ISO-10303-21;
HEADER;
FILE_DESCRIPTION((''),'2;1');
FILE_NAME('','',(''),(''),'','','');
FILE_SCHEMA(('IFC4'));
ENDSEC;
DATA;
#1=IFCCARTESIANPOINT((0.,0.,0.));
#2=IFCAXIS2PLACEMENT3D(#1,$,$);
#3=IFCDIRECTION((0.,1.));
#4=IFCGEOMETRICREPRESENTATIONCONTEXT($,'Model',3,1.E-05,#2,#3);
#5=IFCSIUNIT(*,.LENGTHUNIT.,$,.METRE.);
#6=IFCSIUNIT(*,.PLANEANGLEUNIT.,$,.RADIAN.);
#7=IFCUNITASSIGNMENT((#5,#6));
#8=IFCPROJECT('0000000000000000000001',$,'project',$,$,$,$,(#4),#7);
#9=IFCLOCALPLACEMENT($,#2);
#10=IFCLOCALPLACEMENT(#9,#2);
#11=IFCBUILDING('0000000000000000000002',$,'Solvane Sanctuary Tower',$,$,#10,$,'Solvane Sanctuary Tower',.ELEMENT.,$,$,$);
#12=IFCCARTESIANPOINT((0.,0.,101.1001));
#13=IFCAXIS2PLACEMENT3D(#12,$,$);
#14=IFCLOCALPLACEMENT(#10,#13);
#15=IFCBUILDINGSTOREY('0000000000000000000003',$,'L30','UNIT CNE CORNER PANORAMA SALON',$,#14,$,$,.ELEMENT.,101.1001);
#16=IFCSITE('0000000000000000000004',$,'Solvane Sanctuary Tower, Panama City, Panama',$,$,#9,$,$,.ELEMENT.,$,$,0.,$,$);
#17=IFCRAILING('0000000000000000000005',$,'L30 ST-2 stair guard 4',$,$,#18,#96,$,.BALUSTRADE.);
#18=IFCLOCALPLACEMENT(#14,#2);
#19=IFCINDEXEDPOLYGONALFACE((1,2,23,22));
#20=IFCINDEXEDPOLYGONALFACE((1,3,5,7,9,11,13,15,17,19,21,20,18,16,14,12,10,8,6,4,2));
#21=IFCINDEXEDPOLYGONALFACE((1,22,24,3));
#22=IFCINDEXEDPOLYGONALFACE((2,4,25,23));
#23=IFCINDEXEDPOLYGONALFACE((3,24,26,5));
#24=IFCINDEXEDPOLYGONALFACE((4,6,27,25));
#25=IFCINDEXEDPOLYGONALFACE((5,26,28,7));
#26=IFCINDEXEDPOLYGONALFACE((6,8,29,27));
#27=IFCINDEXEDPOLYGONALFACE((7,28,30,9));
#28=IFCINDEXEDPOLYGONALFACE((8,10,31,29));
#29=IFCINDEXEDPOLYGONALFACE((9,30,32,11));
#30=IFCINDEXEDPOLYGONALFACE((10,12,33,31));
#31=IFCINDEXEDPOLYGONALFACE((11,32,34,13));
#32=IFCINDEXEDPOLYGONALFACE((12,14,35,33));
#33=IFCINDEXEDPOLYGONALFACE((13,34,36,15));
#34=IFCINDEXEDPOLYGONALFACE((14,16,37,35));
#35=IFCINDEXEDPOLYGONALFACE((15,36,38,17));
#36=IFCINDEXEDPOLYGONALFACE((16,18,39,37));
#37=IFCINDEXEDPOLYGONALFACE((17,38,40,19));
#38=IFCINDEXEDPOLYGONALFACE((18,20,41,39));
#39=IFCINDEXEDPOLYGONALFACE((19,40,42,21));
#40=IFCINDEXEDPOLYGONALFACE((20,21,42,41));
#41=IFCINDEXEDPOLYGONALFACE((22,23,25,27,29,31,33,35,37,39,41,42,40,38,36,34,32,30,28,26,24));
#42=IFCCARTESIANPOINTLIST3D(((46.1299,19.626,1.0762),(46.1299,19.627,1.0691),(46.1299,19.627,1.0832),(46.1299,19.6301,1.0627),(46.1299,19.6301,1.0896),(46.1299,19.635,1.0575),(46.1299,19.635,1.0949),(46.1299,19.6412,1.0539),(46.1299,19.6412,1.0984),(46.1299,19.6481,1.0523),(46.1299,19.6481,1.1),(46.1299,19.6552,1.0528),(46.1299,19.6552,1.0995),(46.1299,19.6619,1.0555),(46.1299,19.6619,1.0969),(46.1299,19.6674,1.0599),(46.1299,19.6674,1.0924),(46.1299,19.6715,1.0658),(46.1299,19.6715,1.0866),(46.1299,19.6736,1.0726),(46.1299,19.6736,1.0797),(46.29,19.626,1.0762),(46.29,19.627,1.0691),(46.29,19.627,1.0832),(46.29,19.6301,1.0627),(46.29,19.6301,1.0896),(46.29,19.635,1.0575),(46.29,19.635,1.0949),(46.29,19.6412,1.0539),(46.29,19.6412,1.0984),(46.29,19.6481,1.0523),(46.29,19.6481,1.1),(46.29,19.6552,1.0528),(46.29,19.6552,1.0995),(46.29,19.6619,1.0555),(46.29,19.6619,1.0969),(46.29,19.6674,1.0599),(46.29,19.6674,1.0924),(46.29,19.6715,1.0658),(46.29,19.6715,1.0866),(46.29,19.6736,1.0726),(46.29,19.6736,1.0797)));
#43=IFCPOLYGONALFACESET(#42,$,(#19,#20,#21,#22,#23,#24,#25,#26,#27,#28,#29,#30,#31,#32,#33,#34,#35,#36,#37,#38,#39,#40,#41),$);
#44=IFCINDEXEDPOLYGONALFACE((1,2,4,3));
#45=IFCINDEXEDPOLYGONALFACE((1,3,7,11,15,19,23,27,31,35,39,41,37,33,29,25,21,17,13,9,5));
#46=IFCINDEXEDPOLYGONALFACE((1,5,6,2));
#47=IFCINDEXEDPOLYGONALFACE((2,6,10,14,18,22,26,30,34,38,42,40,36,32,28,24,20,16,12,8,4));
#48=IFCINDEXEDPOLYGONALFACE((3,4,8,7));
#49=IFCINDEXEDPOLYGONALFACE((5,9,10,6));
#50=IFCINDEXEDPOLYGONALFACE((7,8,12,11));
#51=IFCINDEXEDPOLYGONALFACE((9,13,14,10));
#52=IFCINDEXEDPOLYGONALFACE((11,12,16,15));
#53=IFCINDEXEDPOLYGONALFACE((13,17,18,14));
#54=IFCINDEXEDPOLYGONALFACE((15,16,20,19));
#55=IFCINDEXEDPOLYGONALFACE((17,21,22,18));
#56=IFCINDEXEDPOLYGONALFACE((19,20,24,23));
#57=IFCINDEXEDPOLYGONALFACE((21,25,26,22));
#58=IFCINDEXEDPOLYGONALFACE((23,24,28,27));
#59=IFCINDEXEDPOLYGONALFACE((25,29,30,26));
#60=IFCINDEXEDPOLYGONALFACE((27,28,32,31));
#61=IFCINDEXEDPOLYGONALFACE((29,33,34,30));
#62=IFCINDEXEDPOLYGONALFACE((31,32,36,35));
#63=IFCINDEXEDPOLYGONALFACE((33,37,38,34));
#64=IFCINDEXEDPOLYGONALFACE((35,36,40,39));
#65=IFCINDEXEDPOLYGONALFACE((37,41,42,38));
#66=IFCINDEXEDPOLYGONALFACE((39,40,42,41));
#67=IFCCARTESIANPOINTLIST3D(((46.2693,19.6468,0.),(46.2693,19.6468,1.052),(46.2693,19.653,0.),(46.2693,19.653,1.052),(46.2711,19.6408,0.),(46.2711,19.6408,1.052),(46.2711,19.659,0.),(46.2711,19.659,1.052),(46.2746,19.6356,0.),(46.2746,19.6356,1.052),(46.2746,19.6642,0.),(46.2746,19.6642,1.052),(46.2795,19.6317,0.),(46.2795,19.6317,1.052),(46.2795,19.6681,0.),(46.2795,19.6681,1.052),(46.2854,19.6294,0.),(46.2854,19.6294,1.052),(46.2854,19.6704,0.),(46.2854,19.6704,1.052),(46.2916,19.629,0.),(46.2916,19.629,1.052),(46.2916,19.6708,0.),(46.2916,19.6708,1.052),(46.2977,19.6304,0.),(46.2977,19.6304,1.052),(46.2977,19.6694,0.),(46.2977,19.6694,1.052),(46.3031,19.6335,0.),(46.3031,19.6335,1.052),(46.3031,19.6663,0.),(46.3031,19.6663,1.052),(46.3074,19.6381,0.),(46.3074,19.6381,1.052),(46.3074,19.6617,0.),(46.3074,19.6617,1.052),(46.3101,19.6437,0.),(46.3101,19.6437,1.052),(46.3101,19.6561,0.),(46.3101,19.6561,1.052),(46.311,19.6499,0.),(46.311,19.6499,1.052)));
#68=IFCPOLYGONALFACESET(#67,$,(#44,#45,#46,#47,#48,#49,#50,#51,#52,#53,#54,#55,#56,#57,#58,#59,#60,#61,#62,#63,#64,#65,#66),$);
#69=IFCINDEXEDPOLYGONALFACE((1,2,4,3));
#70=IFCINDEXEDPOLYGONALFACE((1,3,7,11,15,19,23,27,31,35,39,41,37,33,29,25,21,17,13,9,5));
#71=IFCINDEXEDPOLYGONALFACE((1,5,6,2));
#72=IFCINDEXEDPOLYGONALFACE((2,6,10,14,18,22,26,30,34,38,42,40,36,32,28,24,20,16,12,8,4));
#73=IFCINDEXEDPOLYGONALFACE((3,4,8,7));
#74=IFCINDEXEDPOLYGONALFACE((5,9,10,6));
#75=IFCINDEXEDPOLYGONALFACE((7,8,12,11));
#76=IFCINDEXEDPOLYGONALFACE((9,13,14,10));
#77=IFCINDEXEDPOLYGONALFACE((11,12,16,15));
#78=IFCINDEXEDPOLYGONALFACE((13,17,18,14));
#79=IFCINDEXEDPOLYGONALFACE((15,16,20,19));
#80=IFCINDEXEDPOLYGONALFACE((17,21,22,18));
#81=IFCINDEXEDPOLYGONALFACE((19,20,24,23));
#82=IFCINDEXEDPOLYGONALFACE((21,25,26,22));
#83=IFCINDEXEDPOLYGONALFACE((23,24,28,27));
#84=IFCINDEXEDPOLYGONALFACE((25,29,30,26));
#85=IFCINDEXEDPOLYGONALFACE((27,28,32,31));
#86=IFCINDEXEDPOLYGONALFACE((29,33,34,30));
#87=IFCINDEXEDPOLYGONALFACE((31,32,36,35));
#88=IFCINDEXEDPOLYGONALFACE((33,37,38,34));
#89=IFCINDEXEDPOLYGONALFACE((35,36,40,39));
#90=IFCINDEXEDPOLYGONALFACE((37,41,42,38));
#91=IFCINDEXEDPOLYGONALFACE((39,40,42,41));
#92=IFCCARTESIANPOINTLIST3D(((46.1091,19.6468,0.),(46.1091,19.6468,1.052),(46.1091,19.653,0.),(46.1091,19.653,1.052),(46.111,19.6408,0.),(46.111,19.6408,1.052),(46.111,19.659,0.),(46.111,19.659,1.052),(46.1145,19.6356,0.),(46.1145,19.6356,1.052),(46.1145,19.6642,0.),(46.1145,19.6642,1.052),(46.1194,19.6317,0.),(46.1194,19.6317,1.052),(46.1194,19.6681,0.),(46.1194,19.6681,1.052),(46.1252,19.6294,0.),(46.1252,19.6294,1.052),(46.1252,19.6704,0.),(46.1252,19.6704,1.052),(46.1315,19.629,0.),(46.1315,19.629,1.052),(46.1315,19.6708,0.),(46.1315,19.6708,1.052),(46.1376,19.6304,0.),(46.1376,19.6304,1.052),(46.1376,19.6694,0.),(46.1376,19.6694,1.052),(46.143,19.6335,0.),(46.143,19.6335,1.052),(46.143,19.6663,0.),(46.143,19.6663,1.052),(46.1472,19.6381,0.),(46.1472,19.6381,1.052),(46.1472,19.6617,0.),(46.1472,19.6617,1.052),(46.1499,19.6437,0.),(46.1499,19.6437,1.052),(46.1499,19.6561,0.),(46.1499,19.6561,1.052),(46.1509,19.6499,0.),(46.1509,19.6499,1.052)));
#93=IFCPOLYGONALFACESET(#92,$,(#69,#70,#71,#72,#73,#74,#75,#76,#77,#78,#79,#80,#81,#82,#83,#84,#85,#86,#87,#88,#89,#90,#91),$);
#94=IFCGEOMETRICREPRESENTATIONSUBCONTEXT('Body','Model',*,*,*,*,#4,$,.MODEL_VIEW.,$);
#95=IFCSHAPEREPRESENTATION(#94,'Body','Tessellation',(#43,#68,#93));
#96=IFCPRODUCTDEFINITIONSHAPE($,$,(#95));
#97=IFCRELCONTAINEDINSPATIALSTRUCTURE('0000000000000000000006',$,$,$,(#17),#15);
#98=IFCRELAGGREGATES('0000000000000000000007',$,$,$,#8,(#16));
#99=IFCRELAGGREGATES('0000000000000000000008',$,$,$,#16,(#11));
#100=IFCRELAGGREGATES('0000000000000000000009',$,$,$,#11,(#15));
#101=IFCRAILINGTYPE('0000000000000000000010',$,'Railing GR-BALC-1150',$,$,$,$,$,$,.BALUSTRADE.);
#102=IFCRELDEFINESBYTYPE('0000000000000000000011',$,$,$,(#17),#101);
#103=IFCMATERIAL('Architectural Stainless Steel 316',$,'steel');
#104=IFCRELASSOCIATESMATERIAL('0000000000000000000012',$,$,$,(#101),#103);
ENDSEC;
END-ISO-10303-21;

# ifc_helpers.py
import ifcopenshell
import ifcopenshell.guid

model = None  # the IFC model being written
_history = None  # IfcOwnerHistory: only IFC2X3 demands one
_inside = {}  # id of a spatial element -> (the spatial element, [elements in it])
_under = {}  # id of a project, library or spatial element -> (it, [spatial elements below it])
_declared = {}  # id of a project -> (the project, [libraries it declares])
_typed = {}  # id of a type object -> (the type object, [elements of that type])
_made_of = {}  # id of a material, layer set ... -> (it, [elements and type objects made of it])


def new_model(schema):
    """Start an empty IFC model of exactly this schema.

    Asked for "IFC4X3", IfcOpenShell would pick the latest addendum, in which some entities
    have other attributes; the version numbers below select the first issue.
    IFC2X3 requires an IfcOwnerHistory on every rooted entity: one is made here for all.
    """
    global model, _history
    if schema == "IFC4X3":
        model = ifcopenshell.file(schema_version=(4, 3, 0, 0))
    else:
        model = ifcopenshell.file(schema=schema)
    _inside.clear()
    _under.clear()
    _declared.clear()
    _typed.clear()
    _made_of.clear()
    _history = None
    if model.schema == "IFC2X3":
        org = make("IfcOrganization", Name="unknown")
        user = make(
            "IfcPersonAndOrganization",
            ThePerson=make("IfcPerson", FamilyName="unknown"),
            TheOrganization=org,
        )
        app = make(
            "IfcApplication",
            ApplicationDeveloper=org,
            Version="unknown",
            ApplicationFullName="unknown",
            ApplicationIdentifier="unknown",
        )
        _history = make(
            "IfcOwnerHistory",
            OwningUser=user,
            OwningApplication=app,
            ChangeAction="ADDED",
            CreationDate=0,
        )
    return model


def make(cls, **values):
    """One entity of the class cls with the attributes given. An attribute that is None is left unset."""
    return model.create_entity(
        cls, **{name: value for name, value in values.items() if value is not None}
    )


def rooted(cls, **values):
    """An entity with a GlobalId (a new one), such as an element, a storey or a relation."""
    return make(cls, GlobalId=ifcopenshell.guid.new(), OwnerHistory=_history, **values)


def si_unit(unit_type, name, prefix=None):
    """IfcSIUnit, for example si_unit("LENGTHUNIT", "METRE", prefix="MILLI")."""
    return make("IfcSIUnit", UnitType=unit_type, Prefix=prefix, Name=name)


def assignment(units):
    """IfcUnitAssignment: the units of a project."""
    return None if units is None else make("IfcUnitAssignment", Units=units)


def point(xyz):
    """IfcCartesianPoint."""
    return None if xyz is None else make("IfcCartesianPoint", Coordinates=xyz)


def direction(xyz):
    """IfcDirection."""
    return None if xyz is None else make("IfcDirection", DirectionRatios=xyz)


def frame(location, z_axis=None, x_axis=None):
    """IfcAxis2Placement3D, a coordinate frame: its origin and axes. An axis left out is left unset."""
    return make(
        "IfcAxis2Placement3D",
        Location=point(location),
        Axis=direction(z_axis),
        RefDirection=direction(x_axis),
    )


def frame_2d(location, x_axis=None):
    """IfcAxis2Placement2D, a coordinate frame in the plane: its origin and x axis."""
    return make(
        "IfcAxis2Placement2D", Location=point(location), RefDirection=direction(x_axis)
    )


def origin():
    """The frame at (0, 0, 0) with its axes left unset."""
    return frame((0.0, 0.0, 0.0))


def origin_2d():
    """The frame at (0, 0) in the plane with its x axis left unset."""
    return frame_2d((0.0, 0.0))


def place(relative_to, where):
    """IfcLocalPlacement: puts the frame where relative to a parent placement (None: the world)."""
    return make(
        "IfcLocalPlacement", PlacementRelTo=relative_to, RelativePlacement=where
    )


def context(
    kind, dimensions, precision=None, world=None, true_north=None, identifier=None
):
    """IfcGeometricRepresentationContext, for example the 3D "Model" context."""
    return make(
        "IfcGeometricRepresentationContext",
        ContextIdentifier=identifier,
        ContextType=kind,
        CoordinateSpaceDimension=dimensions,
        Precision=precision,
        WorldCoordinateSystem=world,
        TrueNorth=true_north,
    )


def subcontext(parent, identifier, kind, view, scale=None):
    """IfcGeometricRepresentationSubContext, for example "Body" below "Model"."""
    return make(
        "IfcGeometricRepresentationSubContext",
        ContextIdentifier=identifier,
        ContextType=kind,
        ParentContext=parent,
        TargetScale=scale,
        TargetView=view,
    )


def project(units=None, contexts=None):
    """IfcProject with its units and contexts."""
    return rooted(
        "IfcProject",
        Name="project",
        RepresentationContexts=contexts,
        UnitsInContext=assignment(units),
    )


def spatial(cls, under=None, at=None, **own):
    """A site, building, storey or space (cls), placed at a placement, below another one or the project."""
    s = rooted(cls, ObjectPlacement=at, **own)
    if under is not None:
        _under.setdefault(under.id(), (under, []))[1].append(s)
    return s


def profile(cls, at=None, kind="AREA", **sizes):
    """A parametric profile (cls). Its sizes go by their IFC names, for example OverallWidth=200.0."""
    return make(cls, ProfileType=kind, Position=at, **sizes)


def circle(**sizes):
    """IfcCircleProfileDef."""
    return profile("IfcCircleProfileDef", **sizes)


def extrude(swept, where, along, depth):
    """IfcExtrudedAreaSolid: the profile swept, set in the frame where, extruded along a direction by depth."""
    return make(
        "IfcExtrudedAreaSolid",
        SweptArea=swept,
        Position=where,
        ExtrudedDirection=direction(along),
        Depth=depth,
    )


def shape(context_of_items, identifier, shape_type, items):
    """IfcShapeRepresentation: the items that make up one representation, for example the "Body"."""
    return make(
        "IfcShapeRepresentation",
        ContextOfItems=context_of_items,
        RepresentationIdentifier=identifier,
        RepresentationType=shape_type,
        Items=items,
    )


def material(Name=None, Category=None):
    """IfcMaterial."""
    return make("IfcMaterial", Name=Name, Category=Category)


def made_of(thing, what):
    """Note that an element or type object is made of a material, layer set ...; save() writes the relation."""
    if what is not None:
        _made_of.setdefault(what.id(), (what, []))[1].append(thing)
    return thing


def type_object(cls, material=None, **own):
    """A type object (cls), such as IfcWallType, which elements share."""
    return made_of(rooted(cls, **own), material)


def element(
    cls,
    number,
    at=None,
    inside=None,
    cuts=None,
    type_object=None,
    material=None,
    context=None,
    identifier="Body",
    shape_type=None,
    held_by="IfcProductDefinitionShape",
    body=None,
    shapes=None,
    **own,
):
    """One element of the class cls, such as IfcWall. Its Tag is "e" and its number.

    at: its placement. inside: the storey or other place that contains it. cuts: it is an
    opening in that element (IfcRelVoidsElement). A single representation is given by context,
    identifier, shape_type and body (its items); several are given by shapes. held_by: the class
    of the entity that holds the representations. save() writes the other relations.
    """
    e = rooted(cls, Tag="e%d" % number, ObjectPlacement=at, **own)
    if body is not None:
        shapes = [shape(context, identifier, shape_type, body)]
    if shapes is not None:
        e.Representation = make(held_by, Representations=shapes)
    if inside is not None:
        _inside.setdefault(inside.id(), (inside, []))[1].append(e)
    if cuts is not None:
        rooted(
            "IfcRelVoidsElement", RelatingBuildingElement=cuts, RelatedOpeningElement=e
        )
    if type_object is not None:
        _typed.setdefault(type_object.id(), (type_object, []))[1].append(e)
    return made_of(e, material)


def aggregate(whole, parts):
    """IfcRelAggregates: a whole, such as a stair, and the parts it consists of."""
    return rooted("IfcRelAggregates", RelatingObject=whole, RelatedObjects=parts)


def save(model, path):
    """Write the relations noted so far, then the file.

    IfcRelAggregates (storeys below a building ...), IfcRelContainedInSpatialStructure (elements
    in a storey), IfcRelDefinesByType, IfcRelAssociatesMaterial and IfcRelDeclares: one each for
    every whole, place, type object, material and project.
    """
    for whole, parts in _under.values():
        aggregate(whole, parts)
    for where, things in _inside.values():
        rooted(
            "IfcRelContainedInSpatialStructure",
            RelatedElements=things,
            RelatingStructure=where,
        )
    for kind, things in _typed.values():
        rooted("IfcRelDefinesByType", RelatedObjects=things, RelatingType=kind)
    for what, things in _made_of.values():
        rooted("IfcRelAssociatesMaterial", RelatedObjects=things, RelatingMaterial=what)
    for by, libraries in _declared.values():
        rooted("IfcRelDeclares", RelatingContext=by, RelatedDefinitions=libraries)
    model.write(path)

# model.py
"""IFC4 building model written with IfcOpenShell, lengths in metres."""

from ifc_helpers import new_model, si_unit, direction, frame, origin, origin_2d, place, context, subcontext, project, spatial, circle, extrude, material, type_object, element, save


model = new_model("IFC4")

# Units and contexts
model_context = context("Model", 3, precision=1e-05, world=origin(), true_north=direction((0.0, 1.0)))
body_context = subcontext(model_context, "Body", "Model", "MODEL_VIEW")
ifc_project = project(units=[si_unit("LENGTHUNIT", "METRE"), si_unit("PLANEANGLEUNIT", "RADIAN")], contexts=[model_context])

# Site, building, storey
site_placement = place(None, origin())
site = spatial("IfcSite", under=ifc_project, at=site_placement, Name="Solvane Sanctuary Tower, Panama City, Panama", CompositionType="ELEMENT", RefElevation=0.0)
building_placement = place(site_placement, origin())
building = spatial("IfcBuilding", under=site, at=building_placement, Name="Solvane Sanctuary Tower", LongName="Solvane Sanctuary Tower", CompositionType="ELEMENT")
storey_placement = place(building_placement, frame((0.0, 0.0, 101.1001)))
storey = spatial("IfcBuildingStorey", under=building, at=storey_placement, Name="L30", Description="UNIT CNE CORNER PANORAMA SALON", CompositionType="ELEMENT", Elevation=101.1001)

# Shared definitions
ifc_material_1 = material(Name="Architectural Stainless Steel 316", Category="steel")

# Railing
railing_type_1 = type_object("IfcRailingType", Name="Railing GR-BALC-1150", PredefinedType="BALUSTRADE", material=ifc_material_1)
railing_1_placement = place(storey_placement, frame((46.29, 19.6499, 0.0)))
element("IfcRailing", 1, at=railing_1_placement, inside=storey, type_object=railing_type_1, Name="L30 ST-2 stair guard 4", PredefinedType="BALUSTRADE", context=body_context, shape_type="SweptSolid", body=[
    extrude(circle(Radius=0.0239, at=origin_2d()), frame((0.0, 0.0, 1.0762), z_axis=(-1.0, 0.0, 0.0), x_axis=(0.0, -1.0, 0.0)), (0.0, 0.0, 1.0), 0.1602),
    extrude(circle(Radius=0.021, at=origin_2d()), origin(), (0.0, 0.0, 1.0), 1.052),
    extrude(circle(Radius=0.021, at=origin_2d()), frame((-0.1602, 0.0, 0.0)), (0.0, 0.0, 1.0), 1.052),
])

save(model, "model.ifc")
